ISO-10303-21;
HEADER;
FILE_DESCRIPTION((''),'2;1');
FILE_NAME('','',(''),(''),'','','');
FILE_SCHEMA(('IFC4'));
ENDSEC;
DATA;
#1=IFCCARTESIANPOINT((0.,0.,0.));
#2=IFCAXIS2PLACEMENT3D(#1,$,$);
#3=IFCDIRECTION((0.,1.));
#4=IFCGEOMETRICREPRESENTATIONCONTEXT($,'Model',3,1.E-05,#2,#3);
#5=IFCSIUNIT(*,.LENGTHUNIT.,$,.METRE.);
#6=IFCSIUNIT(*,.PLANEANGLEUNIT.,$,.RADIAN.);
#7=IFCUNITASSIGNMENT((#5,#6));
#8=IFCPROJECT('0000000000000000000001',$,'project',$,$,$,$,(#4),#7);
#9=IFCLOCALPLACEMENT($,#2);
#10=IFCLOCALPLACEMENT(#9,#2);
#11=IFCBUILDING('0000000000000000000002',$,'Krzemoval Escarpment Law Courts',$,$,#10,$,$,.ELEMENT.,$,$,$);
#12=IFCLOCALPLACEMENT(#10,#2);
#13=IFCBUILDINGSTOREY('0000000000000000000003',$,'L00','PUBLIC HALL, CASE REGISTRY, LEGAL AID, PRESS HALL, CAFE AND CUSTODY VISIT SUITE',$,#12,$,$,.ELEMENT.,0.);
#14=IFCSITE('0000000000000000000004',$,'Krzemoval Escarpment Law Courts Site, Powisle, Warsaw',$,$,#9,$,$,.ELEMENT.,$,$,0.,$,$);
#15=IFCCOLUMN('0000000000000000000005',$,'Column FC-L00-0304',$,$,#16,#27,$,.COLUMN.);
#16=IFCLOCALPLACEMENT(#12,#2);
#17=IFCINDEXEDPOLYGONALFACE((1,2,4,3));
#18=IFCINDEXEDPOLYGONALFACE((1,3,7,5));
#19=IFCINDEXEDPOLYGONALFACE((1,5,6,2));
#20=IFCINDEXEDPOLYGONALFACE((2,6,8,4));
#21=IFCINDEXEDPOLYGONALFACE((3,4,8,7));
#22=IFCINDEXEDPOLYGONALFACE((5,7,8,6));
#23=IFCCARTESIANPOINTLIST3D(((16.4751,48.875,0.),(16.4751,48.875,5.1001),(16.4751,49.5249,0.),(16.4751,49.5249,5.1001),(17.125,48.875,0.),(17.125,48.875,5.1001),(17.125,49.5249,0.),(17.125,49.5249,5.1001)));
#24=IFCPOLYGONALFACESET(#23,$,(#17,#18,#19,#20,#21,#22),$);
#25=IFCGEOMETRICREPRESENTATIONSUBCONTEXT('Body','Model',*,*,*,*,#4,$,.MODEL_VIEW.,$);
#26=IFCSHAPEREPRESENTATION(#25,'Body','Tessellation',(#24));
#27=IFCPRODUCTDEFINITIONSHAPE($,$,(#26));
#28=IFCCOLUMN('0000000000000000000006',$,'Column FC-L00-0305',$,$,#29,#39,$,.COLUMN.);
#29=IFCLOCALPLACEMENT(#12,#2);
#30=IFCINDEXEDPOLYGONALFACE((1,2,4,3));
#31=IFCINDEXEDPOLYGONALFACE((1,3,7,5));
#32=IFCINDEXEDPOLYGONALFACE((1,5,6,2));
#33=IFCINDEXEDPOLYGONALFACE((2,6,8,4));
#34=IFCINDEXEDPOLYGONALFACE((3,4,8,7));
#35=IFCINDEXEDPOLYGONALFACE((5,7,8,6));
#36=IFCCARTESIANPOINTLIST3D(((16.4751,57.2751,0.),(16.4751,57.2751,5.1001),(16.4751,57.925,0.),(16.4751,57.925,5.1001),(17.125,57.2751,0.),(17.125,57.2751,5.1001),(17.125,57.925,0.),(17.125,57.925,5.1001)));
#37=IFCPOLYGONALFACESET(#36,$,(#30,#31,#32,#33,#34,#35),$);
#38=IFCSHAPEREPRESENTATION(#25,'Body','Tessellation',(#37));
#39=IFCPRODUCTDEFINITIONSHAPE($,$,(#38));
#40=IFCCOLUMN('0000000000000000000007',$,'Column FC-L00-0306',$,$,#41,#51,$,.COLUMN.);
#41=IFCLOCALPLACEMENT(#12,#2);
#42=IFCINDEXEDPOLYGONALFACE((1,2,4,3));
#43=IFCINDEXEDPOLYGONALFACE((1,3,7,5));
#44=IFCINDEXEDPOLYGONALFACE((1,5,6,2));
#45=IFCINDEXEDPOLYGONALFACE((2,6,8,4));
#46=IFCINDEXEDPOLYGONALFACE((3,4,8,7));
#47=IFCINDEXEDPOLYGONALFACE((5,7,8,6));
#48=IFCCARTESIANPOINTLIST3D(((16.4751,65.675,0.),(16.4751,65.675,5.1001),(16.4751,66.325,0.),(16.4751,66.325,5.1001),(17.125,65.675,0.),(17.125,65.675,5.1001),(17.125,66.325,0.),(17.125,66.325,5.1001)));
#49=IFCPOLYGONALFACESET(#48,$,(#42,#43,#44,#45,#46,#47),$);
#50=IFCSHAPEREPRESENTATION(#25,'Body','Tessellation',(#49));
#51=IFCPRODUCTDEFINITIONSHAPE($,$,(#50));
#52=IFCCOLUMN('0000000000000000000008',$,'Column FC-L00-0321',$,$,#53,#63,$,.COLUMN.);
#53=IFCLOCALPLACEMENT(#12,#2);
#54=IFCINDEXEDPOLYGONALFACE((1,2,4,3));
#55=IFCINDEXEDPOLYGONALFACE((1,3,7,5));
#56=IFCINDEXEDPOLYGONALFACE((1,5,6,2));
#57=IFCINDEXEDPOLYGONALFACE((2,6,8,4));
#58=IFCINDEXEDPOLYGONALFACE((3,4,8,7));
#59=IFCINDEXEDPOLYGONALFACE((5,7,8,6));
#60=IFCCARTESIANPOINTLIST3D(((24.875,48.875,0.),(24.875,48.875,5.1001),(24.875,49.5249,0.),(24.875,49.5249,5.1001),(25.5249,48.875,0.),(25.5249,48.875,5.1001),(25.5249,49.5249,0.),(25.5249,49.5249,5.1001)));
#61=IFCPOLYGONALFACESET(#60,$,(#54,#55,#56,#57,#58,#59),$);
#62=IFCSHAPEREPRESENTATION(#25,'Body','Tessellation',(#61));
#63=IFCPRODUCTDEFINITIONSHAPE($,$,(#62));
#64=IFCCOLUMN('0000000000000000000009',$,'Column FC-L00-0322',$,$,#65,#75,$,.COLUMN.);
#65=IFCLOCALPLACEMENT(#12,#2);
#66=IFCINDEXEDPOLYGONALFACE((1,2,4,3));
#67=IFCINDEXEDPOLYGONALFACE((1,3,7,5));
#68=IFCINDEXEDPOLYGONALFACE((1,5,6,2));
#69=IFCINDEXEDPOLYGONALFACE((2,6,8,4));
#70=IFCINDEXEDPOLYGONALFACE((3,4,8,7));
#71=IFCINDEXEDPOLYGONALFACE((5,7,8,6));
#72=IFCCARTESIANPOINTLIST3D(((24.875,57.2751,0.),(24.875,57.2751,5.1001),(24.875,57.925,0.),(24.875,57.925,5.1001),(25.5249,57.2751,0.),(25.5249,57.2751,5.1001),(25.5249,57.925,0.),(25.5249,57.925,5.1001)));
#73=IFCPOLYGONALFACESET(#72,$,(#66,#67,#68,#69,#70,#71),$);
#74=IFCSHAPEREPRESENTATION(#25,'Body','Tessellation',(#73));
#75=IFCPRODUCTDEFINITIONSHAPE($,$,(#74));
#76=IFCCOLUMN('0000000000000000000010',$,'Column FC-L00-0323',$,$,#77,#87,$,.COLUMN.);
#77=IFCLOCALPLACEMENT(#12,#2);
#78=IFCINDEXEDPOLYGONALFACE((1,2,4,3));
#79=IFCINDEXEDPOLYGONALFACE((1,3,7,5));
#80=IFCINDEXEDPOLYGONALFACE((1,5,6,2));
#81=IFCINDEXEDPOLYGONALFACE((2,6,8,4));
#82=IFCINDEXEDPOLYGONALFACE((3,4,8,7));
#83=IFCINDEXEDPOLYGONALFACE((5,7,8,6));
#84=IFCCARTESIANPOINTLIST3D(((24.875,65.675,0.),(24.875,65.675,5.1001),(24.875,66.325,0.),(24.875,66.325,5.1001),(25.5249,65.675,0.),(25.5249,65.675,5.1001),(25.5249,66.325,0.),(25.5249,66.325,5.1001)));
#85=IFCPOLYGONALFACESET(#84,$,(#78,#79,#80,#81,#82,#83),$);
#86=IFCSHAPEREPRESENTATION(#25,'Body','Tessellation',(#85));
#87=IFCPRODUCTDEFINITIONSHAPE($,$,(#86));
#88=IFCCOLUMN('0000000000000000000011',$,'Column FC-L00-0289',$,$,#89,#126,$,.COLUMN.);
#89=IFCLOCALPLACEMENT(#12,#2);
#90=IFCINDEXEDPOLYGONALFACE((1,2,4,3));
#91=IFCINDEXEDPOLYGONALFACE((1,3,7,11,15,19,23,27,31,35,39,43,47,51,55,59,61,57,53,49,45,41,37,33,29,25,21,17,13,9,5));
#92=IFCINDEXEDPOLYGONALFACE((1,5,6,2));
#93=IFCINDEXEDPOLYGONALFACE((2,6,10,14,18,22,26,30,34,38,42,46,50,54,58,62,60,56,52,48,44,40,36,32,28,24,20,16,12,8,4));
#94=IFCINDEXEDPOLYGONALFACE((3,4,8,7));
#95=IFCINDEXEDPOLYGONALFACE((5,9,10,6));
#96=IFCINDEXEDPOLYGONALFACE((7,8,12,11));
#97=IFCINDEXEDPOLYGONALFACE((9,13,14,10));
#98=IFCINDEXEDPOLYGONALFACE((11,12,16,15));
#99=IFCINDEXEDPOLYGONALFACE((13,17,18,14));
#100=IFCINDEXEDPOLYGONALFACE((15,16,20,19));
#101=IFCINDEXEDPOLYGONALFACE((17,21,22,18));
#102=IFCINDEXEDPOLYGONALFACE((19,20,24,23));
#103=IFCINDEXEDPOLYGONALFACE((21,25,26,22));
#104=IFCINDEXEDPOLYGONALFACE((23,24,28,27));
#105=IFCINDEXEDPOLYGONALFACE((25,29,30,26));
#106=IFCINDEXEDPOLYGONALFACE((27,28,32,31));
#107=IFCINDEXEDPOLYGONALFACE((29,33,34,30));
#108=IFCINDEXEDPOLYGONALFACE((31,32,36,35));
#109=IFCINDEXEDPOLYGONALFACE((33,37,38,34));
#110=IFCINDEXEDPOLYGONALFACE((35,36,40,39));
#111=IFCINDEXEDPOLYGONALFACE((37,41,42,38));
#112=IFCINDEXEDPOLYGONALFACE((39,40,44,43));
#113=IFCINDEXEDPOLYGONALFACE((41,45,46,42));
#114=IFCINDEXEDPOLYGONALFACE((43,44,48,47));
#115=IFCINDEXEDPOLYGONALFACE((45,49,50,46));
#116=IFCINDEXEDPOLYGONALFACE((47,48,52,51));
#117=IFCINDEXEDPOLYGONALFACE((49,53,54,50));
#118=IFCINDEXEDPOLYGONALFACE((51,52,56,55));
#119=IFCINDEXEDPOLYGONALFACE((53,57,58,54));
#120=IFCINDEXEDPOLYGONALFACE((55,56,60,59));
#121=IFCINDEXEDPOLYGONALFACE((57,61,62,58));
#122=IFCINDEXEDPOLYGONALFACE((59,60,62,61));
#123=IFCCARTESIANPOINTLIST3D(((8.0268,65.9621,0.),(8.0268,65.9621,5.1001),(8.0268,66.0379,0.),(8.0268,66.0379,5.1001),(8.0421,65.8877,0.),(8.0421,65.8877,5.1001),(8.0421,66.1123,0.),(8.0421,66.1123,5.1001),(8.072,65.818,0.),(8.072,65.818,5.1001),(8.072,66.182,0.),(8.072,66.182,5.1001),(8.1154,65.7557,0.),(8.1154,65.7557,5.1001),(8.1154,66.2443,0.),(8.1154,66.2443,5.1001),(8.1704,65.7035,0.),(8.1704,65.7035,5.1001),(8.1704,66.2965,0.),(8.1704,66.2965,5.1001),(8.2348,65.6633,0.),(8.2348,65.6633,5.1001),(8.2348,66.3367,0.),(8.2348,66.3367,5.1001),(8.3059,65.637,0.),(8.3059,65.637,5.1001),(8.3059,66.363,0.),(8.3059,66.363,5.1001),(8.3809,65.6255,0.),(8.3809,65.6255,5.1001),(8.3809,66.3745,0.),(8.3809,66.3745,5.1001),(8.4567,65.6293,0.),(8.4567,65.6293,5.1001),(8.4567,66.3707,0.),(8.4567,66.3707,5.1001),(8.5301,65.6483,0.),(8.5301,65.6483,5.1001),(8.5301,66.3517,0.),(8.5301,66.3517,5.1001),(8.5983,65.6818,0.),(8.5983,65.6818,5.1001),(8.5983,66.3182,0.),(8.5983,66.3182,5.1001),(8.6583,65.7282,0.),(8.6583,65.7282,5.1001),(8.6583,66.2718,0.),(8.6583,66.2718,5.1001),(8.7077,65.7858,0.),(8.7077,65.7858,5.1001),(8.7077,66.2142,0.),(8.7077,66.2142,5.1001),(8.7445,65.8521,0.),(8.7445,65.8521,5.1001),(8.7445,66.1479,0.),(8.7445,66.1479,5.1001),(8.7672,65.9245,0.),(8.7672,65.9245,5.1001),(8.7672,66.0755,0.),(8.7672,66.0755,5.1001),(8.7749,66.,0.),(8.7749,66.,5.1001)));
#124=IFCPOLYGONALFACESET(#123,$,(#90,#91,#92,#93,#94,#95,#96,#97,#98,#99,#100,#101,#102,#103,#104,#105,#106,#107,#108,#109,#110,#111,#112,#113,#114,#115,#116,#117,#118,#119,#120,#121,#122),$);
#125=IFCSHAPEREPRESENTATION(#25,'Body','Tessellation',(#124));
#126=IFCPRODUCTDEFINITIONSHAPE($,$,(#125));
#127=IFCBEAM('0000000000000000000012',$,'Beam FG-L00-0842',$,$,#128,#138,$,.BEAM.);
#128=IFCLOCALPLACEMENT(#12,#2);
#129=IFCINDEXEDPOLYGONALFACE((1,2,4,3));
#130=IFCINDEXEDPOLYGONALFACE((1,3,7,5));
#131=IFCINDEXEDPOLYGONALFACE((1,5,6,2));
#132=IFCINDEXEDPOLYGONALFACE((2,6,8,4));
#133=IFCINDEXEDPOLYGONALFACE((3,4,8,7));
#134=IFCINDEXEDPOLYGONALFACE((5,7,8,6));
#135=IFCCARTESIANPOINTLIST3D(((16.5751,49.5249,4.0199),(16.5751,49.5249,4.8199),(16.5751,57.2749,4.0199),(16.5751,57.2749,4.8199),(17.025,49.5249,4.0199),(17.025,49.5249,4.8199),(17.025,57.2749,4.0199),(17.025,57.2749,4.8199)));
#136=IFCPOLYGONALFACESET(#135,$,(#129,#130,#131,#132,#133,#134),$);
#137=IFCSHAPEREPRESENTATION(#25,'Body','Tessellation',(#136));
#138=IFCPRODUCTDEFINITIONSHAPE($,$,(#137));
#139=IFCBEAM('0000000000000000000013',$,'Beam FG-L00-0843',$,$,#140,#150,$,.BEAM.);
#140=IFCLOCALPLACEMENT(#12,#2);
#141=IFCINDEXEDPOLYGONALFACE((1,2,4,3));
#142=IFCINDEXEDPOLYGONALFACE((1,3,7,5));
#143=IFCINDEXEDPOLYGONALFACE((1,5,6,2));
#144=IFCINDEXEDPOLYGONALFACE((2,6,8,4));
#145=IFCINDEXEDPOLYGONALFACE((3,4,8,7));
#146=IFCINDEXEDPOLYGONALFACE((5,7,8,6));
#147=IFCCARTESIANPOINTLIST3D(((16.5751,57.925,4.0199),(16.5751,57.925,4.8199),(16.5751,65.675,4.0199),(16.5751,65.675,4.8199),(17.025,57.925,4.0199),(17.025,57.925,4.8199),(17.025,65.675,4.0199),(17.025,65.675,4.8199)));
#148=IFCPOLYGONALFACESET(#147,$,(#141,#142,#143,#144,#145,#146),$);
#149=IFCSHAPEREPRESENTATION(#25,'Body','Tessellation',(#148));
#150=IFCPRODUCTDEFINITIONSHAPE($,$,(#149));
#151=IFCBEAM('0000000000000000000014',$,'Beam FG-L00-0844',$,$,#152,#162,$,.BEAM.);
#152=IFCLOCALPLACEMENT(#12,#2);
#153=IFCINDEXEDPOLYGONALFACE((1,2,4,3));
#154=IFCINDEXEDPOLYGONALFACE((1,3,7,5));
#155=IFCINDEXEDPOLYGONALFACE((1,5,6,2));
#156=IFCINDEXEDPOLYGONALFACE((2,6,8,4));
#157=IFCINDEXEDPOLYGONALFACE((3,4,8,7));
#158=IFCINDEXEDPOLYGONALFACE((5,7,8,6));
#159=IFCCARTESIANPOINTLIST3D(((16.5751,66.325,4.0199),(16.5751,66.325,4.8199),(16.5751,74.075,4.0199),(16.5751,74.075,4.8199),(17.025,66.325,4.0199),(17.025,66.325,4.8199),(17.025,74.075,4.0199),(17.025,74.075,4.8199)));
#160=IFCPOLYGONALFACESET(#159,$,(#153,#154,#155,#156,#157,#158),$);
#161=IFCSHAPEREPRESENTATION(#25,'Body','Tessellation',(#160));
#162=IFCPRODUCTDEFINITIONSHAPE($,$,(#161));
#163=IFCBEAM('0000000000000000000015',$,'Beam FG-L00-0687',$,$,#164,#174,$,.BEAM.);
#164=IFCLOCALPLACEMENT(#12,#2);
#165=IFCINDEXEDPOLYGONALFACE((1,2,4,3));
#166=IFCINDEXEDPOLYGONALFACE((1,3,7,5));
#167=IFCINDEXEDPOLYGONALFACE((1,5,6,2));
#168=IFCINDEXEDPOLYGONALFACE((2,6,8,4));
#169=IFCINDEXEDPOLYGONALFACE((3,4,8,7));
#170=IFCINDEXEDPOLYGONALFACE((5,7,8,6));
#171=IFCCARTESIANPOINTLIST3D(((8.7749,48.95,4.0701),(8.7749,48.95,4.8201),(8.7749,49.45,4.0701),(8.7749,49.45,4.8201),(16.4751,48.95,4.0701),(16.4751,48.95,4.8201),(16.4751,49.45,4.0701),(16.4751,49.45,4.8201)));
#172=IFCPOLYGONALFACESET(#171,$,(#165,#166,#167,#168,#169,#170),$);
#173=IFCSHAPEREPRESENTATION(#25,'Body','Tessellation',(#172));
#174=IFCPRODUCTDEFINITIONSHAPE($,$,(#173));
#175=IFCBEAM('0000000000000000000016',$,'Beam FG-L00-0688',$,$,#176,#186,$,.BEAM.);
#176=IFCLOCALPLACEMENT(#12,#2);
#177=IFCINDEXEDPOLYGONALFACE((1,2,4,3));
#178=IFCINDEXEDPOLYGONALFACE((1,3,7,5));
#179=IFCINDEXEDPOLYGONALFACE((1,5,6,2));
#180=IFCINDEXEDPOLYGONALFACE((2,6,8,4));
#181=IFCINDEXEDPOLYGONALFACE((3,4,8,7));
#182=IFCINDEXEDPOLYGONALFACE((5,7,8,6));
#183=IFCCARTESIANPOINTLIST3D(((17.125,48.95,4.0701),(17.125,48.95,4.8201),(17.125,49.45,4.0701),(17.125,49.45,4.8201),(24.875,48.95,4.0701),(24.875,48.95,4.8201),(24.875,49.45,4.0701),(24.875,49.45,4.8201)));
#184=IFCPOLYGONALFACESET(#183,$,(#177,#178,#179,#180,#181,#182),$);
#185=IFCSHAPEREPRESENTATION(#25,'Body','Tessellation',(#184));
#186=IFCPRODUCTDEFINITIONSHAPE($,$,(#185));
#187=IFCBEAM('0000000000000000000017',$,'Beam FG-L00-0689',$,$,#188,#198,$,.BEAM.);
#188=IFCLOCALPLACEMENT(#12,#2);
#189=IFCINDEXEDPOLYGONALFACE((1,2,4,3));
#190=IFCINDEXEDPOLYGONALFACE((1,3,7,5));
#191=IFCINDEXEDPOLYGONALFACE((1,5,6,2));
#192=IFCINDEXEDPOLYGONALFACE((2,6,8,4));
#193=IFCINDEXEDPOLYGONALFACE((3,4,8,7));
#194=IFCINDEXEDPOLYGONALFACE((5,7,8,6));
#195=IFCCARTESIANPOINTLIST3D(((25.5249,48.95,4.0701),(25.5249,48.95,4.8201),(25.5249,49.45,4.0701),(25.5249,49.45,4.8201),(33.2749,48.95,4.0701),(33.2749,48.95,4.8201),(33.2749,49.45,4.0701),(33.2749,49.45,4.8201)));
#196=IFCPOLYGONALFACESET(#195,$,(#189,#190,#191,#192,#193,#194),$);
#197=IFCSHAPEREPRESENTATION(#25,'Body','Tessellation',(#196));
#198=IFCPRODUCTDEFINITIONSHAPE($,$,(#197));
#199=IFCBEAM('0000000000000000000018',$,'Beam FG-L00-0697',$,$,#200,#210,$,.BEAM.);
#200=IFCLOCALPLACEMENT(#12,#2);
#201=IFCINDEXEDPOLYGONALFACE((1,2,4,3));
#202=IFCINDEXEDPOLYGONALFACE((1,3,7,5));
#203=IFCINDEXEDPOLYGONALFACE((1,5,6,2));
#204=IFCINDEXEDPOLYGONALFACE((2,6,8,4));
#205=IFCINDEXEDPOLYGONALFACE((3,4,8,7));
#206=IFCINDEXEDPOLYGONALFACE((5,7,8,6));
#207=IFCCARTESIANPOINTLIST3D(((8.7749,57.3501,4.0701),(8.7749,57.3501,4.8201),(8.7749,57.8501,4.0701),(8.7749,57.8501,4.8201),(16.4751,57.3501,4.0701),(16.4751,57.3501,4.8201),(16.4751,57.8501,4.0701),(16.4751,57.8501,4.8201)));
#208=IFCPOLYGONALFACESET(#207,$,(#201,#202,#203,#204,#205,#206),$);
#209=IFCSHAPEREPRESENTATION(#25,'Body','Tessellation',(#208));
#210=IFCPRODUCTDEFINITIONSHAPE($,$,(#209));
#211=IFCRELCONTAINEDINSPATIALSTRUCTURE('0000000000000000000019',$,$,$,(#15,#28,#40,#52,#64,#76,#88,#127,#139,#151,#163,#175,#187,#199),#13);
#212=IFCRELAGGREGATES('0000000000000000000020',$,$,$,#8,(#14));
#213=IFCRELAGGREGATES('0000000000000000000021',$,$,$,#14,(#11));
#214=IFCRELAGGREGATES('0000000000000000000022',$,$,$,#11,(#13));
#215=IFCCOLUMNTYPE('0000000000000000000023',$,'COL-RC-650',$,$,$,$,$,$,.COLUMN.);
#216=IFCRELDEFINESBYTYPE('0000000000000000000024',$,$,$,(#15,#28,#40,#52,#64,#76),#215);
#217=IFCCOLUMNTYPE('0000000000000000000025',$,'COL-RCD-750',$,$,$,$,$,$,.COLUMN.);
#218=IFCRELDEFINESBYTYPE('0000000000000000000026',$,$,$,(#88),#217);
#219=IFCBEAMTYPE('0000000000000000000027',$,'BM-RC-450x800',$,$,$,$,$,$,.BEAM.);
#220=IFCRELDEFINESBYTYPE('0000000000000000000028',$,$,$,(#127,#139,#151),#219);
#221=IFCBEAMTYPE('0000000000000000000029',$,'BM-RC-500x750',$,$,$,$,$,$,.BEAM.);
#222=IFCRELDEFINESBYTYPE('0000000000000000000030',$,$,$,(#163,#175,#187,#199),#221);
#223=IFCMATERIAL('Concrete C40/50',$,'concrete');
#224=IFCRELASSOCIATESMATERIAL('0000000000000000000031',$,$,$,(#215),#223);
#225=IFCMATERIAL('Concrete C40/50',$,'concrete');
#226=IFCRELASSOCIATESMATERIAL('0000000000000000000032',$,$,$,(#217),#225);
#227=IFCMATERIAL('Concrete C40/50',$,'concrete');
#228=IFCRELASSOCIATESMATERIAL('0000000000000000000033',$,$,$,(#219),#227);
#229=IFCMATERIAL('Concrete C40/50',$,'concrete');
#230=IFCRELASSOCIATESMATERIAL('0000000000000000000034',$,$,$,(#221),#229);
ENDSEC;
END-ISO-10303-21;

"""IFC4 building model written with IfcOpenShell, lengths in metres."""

from ifc_helpers import new_model, si_unit, direction, frame, origin, origin_2d, place, context, subcontext, project, spatial, rectangle, circle, extrude, material, material_profile, profile_set, type_object, element, save


model = new_model("IFC4")

# Units and contexts
model_context = context("Model", 3, precision=1e-05, world=origin(), true_north=direction((0.0, 1.0)))
body_context = subcontext(model_context, "Body", "Model", "MODEL_VIEW")
ifc_project = project(units=[si_unit("LENGTHUNIT", "METRE"), si_unit("PLANEANGLEUNIT", "RADIAN")], contexts=[model_context])

# Site, building, storey
site_placement = place(None, origin())
site = spatial("IfcSite", under=ifc_project, at=site_placement, Name="Krzemoval Escarpment Law Courts Site, Powisle, Warsaw", CompositionType="ELEMENT", RefElevation=0.0)
building_placement = place(site_placement, origin())
building = spatial("IfcBuilding", under=site, at=building_placement, Name="Krzemoval Escarpment Law Courts", CompositionType="ELEMENT")
storey_placement = place(building_placement, origin())
storey = spatial("IfcBuildingStorey", under=building, at=storey_placement, Name="L00", Description="PUBLIC HALL, CASE REGISTRY, LEGAL AID, PRESS HALL, CAFE AND CUSTODY VISIT SUITE", CompositionType="ELEMENT", Elevation=0.0)

# Columns
ifc_material_1 = material(Name="Concrete C40/50", Category="concrete")
ifc_material_profile_1 = material_profile(ifc_material_1, rectangle(XDim=0.6499, YDim=0.6499, at=origin_2d()), Name="RC 650x650")
ifc_profile_set_1 = profile_set([ifc_material_profile_1], Name="Concrete C40/50")
column_type_1 = type_object("IfcColumnType", Name="COL-RC-650", PredefinedType="COLUMN", material=ifc_profile_set_1)
for number, where, z_axis, x_axis, name in (
    (1, (16.8, 49.2, 0.0), (0.0, 0.0, 1.0), (1.0, 0.0, 0.0), "Column FC-L00-0304"),
    (2, (16.8, 57.6001, 0.0), (0.0, 0.0, 1.0), (1.0, 0.0, 0.0), "Column FC-L00-0305"),
    (3, (16.8, 66.0, 0.0), (0.0, 0.0, 1.0), (1.0, 0.0, 0.0), "Column FC-L00-0306"),
    (4, (25.2, 49.2, 0.0), (0.0, 0.0, 1.0), (1.0, 0.0, 0.0), "Column FC-L00-0321"),
    (5, (25.2, 57.6001, 0.0), (0.0, 0.0, 1.0), (1.0, 0.0, 0.0), "Column FC-L00-0322"),
    (6, (25.2, 66.0, 0.0), (0.0, 0.0, 1.0), (1.0, 0.0, 0.0), "Column FC-L00-0323"),
):
    element("IfcColumn", number, at=place(storey_placement, frame(where, z_axis=z_axis, x_axis=x_axis)), inside=storey, type_object=column_type_1, Name=name, PredefinedType="COLUMN", context=body_context, shape_type="SweptSolid", body=[
        extrude(rectangle(XDim=0.6499, YDim=0.6499, at=origin_2d()), origin(), (0.0, 0.0, 1.0), 5.1001),
    ])
ifc_material_2 = material(Name="Concrete C40/50", Category="concrete")
ifc_material_profile_2 = material_profile(ifc_material_2, circle(Radius=0.375, at=origin_2d()), Name="RC D750")
ifc_profile_set_2 = profile_set([ifc_material_profile_2], Name="Concrete C40/50")
column_type_2 = type_object("IfcColumnType", Name="COL-RCD-750", PredefinedType="COLUMN", material=ifc_profile_set_2)
column_placement = place(storey_placement, frame((8.3999, 66.0, 0.0), z_axis=(0.0, 0.0, 1.0), x_axis=(1.0, 0.0, 0.0)))
element("IfcColumn", 7, at=column_placement, inside=storey, type_object=column_type_2, Name="Column FC-L00-0289", PredefinedType="COLUMN", context=body_context, shape_type="SweptSolid", body=[
    extrude(circle(Radius=0.375, at=origin_2d()), origin(), (0.0, 0.0, 1.0), 5.1001),
])

# Beams
ifc_material_3 = material(Name="Concrete C40/50", Category="concrete")
ifc_material_profile_3 = material_profile(ifc_material_3, rectangle(XDim=0.45, YDim=0.8, at=origin_2d()), Name="RCB 450x800")
ifc_profile_set_3 = profile_set([ifc_material_profile_3], Name="Concrete C40/50")
beam_type_1 = type_object("IfcBeamType", Name="BM-RC-450x800", PredefinedType="BEAM", material=ifc_profile_set_3)
for number, where, z_axis, x_axis, name in (
    (8, (16.8, 49.5249, 4.4199), (0.0, 1.0, 0.0), (-1.0, 0.0, 0.0), "Beam FG-L00-0842"),
    (9, (16.8, 57.925, 4.4199), (0.0, 1.0, 0.0), (-1.0, 0.0, 0.0), "Beam FG-L00-0843"),
    (10, (16.8, 66.325, 4.4199), (0.0, 1.0, 0.0), (-1.0, 0.0, 0.0), "Beam FG-L00-0844"),
):
    element("IfcBeam", number, at=place(storey_placement, frame(where, z_axis=z_axis, x_axis=x_axis)), inside=storey, type_object=beam_type_1, Name=name, PredefinedType="BEAM", context=body_context, shape_type="SweptSolid", body=[
        extrude(rectangle(XDim=0.45, YDim=0.8, at=origin_2d()), origin(), (0.0, 0.0, 1.0), 7.75),
    ])
ifc_material_4 = material(Name="Concrete C40/50", Category="concrete")
ifc_material_profile_4 = material_profile(ifc_material_4, rectangle(XDim=0.5, YDim=0.75, at=origin_2d()), Name="RCB 500x750")
ifc_profile_set_4 = profile_set([ifc_material_profile_4], Name="Concrete C40/50")
beam_type_2 = type_object("IfcBeamType", Name="BM-RC-500x750", PredefinedType="BEAM", material=ifc_profile_set_4)
beam_1_placement = place(storey_placement, frame((8.7749, 49.2, 4.4451), z_axis=(1.0, 0.0, 0.0), x_axis=(0.0, 1.0, 0.0)))
element("IfcBeam", 11, at=beam_1_placement, inside=storey, type_object=beam_type_2, Name="Beam FG-L00-0687", PredefinedType="BEAM", context=body_context, shape_type="SweptSolid", body=[
    extrude(rectangle(XDim=0.5, YDim=0.75, at=origin_2d()), origin(), (0.0, 0.0, 1.0), 7.7002),
])
for number, where, z_axis, x_axis, name in (
    (12, (17.125, 49.2, 4.4451), (1.0, 0.0, 0.0), (0.0, 1.0, 0.0), "Beam FG-L00-0688"),
    (13, (25.5249, 49.2, 4.4451), (1.0, 0.0, 0.0), (0.0, 1.0, 0.0), "Beam FG-L00-0689"),
):
    element("IfcBeam", number, at=place(storey_placement, frame(where, z_axis=z_axis, x_axis=x_axis)), inside=storey, type_object=beam_type_2, Name=name, PredefinedType="BEAM", context=body_context, shape_type="SweptSolid", body=[
        extrude(rectangle(XDim=0.5, YDim=0.75, at=origin_2d()), origin(), (0.0, 0.0, 1.0), 7.75),
    ])
for number, where, z_axis, x_axis, name in (
    (14, (8.7749, 57.6001, 4.4451), (1.0, 0.0, 0.0), (0.0, 1.0, 0.0), "Beam FG-L00-0697"),
):
    element("IfcBeam", number, at=place(storey_placement, frame(where, z_axis=z_axis, x_axis=x_axis)), inside=storey, type_object=beam_type_2, Name=name, PredefinedType="BEAM", context=body_context, shape_type="SweptSolid", body=[
        extrude(rectangle(XDim=0.5, YDim=0.75, at=origin_2d()), origin(), (0.0, 0.0, 1.0), 7.7002),
    ])

save(model, "model.ifc")
